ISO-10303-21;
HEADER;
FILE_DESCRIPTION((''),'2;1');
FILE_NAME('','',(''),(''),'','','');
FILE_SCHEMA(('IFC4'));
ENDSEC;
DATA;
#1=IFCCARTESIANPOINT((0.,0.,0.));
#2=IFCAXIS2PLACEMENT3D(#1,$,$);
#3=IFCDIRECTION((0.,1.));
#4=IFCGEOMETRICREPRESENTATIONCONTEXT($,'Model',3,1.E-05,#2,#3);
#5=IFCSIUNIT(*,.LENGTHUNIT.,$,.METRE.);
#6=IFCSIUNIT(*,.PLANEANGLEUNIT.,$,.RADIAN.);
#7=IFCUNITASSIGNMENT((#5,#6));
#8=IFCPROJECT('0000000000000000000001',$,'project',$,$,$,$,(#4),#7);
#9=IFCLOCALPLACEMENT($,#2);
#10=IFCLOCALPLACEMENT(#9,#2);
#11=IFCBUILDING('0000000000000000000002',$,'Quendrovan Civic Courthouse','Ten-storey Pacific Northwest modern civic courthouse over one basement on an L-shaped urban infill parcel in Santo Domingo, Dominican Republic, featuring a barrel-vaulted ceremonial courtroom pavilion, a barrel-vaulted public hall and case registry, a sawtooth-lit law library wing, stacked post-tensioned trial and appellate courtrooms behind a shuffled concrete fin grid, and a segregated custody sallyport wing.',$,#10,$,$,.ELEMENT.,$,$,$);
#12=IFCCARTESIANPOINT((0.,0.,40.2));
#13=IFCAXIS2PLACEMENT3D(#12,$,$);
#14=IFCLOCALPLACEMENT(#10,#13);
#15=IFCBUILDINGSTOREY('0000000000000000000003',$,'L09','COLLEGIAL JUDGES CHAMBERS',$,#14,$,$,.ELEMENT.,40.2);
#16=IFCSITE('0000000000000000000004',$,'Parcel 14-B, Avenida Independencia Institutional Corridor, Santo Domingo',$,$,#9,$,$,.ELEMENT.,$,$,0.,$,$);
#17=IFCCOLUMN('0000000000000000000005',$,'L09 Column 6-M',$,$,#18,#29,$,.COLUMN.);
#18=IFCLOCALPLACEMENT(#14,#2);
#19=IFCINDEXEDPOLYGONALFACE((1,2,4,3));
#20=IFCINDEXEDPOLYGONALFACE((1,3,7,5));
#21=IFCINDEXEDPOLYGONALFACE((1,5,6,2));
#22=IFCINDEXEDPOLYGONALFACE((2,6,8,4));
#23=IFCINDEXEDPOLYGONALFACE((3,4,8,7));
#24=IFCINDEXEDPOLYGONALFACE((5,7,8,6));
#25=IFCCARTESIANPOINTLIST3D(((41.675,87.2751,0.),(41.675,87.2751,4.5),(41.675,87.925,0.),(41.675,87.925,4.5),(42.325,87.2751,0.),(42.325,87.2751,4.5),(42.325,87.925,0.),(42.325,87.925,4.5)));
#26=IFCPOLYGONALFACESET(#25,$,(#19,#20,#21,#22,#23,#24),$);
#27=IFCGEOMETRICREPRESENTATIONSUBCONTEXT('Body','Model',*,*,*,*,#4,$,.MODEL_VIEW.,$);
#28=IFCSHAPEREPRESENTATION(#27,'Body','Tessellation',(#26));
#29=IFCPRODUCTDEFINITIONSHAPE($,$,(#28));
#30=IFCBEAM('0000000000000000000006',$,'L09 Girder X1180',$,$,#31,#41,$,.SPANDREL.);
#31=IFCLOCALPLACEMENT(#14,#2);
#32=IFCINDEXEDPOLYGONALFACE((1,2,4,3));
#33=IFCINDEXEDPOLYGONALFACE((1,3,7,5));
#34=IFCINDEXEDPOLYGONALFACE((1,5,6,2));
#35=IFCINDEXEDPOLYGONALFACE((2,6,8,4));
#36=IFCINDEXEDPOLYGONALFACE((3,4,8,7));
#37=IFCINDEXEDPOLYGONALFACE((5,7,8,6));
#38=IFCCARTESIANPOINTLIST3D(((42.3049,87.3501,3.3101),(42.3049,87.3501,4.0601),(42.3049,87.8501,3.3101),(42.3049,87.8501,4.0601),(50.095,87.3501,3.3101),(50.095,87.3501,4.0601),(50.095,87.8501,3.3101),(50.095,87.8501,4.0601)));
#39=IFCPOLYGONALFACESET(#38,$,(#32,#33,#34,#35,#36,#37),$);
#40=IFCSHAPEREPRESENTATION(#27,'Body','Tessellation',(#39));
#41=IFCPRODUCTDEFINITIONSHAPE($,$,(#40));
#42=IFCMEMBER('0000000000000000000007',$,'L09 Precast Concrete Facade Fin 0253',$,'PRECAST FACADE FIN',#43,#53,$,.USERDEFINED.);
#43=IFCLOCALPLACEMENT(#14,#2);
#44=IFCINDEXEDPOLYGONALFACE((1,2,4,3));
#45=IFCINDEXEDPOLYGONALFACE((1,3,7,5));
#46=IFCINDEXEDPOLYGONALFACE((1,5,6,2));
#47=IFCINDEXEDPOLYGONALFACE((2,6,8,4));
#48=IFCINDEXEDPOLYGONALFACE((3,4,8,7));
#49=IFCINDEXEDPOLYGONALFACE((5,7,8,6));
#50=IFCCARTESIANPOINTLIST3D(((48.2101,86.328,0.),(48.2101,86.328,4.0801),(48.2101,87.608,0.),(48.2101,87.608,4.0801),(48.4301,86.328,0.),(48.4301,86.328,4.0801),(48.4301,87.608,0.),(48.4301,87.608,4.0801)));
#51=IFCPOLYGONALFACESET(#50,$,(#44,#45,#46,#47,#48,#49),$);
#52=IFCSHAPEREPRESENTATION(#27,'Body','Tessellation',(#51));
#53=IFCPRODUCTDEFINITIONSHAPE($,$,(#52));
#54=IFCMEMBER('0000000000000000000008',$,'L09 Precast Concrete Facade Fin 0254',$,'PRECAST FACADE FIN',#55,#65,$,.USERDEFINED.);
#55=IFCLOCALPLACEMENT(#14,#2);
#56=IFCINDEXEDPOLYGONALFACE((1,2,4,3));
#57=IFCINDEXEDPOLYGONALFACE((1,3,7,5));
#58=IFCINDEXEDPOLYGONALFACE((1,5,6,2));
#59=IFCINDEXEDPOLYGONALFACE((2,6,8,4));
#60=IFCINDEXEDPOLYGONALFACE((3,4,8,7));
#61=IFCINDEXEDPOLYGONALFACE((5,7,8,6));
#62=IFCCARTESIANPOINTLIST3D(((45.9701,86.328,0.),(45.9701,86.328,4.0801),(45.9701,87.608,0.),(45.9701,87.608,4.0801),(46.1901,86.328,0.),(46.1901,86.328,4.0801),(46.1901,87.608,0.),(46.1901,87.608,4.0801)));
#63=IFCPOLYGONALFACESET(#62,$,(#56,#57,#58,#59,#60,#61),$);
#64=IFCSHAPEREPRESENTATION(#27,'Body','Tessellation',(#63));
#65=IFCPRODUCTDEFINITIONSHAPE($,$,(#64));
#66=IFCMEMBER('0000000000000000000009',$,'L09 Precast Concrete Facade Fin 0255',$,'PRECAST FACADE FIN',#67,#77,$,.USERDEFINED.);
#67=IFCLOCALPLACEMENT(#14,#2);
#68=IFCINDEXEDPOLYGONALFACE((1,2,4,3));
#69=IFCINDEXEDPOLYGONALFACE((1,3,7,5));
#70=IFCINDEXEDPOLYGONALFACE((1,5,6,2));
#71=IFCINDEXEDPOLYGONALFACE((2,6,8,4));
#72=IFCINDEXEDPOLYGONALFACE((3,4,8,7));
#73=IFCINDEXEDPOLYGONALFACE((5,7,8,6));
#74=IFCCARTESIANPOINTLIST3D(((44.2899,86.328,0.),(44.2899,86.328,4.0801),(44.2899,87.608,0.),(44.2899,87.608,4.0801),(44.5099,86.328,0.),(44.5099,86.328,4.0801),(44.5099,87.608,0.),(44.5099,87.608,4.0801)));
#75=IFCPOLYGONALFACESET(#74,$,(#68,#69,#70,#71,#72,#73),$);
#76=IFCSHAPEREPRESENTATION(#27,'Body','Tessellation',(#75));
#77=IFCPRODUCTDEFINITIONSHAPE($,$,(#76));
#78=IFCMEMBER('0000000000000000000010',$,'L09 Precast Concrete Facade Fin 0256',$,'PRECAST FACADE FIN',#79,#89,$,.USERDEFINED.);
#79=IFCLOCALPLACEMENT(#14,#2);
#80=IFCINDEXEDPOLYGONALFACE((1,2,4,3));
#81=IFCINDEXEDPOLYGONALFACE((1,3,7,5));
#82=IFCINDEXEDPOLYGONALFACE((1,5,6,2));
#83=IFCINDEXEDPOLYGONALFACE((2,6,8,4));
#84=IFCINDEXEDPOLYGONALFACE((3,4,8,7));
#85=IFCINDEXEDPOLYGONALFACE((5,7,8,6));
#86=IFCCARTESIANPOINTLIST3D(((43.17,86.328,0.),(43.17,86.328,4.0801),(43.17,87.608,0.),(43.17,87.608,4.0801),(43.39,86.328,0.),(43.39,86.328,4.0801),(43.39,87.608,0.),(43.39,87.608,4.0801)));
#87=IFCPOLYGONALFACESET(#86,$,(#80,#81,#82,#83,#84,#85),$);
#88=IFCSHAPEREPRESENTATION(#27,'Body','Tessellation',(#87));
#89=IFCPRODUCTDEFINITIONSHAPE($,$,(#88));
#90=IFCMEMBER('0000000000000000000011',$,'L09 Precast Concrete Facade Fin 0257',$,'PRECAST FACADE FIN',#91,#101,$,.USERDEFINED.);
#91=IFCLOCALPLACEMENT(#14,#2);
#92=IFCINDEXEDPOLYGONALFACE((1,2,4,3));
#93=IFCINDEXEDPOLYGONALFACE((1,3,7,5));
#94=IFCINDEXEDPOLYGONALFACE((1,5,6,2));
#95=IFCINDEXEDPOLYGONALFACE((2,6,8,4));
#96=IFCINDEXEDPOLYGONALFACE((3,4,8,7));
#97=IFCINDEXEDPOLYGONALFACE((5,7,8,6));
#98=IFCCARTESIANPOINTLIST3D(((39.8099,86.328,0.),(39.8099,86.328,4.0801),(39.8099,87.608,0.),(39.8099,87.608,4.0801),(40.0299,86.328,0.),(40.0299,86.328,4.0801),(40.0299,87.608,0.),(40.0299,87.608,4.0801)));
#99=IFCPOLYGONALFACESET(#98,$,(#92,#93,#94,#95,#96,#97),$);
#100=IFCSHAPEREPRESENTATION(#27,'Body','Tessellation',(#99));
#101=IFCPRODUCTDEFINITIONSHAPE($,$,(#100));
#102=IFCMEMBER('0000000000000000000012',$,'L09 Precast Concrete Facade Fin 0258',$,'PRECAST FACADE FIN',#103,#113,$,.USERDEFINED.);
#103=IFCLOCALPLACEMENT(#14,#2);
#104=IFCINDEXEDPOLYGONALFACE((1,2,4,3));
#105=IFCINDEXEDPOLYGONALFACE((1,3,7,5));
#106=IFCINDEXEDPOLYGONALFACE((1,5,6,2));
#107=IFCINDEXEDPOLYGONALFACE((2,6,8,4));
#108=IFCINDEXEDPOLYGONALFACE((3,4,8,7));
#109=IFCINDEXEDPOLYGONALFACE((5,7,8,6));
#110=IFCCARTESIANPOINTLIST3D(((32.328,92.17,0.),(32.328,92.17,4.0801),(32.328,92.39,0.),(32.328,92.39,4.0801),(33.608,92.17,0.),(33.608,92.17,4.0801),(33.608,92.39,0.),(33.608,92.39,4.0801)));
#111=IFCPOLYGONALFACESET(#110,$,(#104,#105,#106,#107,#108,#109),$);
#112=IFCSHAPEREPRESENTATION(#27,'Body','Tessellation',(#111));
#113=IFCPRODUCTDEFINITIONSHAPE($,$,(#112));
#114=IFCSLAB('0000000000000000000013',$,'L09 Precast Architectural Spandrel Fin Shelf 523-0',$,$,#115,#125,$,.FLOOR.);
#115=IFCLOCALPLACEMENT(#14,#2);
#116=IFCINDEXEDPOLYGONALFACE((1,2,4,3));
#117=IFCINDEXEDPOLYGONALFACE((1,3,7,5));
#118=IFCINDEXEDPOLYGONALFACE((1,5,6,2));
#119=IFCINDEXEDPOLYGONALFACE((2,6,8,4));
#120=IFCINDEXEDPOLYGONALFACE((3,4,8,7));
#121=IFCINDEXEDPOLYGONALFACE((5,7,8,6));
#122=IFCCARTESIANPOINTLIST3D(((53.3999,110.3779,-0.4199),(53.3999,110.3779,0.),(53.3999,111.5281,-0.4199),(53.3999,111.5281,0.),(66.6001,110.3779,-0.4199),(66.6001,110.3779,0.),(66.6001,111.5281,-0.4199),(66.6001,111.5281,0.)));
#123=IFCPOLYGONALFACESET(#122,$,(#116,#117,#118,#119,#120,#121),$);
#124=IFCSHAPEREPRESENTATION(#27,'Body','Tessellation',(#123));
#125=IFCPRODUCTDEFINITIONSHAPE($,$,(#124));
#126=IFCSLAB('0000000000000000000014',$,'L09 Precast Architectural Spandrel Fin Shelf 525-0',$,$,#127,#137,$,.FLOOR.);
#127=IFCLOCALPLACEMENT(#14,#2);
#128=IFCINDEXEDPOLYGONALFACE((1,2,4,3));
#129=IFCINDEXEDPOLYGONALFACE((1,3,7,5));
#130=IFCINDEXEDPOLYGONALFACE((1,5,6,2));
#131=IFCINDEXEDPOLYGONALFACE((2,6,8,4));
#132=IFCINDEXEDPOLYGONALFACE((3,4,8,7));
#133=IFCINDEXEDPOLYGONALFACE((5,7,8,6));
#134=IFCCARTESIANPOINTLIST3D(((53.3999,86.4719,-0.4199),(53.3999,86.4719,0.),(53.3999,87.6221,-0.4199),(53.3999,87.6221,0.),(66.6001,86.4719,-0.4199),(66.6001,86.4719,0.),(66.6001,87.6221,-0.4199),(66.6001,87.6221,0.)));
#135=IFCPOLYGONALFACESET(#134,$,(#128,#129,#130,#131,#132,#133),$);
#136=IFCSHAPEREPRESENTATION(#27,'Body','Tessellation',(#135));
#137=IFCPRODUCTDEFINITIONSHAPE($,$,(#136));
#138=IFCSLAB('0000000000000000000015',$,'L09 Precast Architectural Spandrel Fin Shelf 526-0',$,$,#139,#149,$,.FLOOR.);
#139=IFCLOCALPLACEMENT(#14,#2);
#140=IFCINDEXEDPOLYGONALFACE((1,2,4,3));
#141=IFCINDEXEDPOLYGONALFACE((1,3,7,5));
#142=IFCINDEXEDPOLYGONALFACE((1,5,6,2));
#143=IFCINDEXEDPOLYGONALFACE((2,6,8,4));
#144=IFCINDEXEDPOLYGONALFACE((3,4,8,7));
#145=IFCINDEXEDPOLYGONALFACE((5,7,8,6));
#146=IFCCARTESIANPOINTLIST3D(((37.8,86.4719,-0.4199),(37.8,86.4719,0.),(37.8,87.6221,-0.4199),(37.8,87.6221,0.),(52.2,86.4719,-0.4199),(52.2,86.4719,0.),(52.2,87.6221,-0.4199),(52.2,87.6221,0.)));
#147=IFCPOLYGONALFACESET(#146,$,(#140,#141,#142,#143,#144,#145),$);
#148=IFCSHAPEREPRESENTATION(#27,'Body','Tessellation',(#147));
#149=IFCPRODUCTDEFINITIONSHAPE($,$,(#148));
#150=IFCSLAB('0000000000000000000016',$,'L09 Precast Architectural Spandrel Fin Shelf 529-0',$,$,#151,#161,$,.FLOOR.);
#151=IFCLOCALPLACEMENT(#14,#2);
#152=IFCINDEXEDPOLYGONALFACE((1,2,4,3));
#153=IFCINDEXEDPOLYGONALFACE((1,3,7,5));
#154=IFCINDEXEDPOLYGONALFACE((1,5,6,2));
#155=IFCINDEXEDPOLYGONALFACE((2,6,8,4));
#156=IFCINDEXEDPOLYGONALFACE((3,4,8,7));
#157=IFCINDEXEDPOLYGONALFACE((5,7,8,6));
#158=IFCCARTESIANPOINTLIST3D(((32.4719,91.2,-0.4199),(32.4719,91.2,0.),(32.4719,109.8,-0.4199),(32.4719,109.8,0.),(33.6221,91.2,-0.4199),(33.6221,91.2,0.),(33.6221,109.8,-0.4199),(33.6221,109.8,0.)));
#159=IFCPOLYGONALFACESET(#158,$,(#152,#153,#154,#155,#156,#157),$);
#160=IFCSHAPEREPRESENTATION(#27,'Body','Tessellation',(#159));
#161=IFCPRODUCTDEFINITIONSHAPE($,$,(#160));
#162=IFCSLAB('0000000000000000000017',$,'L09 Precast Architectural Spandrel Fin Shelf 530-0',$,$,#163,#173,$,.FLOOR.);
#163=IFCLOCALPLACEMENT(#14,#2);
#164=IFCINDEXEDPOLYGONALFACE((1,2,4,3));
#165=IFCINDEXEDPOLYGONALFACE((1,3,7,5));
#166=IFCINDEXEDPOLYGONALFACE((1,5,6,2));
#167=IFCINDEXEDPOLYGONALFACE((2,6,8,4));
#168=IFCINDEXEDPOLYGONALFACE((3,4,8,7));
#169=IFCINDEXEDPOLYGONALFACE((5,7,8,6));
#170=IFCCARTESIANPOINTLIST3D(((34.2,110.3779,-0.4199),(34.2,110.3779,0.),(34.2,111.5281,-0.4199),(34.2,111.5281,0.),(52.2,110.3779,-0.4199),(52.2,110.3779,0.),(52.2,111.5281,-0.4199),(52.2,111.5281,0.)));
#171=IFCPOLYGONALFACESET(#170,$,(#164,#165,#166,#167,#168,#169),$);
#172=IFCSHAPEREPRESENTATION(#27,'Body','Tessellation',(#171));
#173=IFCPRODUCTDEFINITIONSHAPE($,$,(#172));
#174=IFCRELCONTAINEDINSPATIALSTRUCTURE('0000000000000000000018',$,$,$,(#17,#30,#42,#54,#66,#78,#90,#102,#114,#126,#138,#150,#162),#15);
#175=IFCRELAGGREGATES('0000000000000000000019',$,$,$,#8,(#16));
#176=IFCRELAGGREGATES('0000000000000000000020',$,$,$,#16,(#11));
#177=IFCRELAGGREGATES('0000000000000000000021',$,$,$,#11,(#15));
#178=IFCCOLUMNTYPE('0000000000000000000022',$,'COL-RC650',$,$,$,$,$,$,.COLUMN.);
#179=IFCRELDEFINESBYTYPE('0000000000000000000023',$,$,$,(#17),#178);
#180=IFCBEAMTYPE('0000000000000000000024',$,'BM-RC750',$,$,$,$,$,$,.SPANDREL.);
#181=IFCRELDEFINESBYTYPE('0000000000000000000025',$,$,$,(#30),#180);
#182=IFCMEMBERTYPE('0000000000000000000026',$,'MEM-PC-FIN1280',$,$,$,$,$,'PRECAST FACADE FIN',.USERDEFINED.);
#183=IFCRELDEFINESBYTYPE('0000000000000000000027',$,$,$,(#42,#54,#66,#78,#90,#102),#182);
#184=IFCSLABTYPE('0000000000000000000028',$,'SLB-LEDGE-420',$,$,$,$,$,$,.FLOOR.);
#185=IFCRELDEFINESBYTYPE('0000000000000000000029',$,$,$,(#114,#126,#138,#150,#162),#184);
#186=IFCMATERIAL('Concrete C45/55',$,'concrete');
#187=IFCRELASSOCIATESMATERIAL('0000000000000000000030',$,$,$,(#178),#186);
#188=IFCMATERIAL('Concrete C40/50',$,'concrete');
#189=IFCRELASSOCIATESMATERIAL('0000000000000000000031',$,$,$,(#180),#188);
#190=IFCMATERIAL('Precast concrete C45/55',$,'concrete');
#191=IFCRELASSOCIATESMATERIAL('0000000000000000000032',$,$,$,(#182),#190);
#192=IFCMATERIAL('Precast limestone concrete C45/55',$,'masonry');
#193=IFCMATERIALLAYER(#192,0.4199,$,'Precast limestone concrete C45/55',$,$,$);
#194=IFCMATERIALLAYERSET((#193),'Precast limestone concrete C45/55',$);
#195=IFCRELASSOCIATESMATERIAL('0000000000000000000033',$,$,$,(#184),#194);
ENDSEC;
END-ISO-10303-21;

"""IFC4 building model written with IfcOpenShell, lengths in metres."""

from ifc_helpers import new_model, si_unit, direction, frame, origin, origin_2d, place, context, subcontext, project, spatial, polyline, rectangle, outline, extrude, material, layer, layer_set, material_profile, profile_set, type_object, element, save


model = new_model("IFC4")

# Units and contexts
model_context = context("Model", 3, precision=1e-05, world=origin(), true_north=direction((0.0, 1.0)))
body_context = subcontext(model_context, "Body", "Model", "MODEL_VIEW")
ifc_project = project(units=[si_unit("LENGTHUNIT", "METRE"), si_unit("PLANEANGLEUNIT", "RADIAN")], contexts=[model_context])

# Site, building, storey
site_placement = place(None, origin())
site = spatial("IfcSite", under=ifc_project, at=site_placement, Name="Parcel 14-B, Avenida Independencia Institutional Corridor, Santo Domingo", CompositionType="ELEMENT", RefElevation=0.0)
building_placement = place(site_placement, origin())
building = spatial("IfcBuilding", under=site, at=building_placement, Name="Quendrovan Civic Courthouse", Description="Ten-storey Pacific Northwest modern civic courthouse over one basement on an L-shaped urban infill parcel in Santo Domingo, Dominican Republic, featuring a barrel-vaulted ceremonial courtroom pavilion, a barrel-vaulted public hall and case registry, a sawtooth-lit law library wing, stacked post-tensioned trial and appellate courtrooms behind a shuffled concrete fin grid, and a segregated custody sallyport wing.", CompositionType="ELEMENT")
storey_placement = place(building_placement, frame((0.0, 0.0, 40.2)))
storey = spatial("IfcBuildingStorey", under=building, at=storey_placement, Name="L09", Description="COLLEGIAL JUDGES CHAMBERS", CompositionType="ELEMENT", Elevation=40.2)

# Column
ifc_material_1 = material(Name="Concrete C45/55", Category="concrete")
ifc_material_profile_1 = material_profile(ifc_material_1, rectangle(XDim=0.6499, YDim=0.6499, at=origin_2d()), Name="RC-COL-650x650")
ifc_profile_set_1 = profile_set([ifc_material_profile_1], Name="Concrete C45/55")
column_type = type_object("IfcColumnType", Name="COL-RC650", PredefinedType="COLUMN", material=ifc_profile_set_1)
column_placement = place(storey_placement, frame((42.0, 87.6001, 0.0), z_axis=(0.0, 0.0, 1.0), x_axis=(1.0, 0.0, 0.0)))
element("IfcColumn", 1, at=column_placement, inside=storey, type_object=column_type, Name="L09 Column 6-M", PredefinedType="COLUMN", context=body_context, shape_type="SweptSolid", body=[
    extrude(rectangle(XDim=0.6499, YDim=0.6499, at=origin_2d()), origin(), (0.0, 0.0, 1.0), 4.5),
])

# Beam
ifc_material_2 = material(Name="Concrete C40/50", Category="concrete")
ifc_material_profile_2 = material_profile(ifc_material_2, rectangle(XDim=0.5, YDim=0.75, at=origin_2d()), Name="RC-BM-500x750")
ifc_profile_set_2 = profile_set([ifc_material_profile_2], Name="Concrete C40/50")
beam_type = type_object("IfcBeamType", Name="BM-RC750", PredefinedType="SPANDREL", material=ifc_profile_set_2)
beam_placement = place(storey_placement, frame((42.3049, 87.6001, 3.6851), z_axis=(1.0, 0.0, 0.0), x_axis=(0.0, 1.0, 0.0)))
element("IfcBeam", 2, at=beam_placement, inside=storey, type_object=beam_type, Name="L09 Girder X1180", PredefinedType="SPANDREL", context=body_context, shape_type="SweptSolid", body=[
    extrude(rectangle(XDim=0.5, YDim=0.75, at=origin_2d()), origin(), (0.0, 0.0, 1.0), 7.79),
])

# Members
ifc_material_3 = material(Name="Precast concrete C45/55", Category="concrete")
ifc_material_profile_3 = material_profile(ifc_material_3, rectangle(XDim=0.22, YDim=1.28, at=origin_2d()), Name="PC-FIN-220x1280")
ifc_profile_set_3 = profile_set([ifc_material_profile_3], Name="Precast concrete C45/55")
member_type = type_object("IfcMemberType", Name="MEM-PC-FIN1280", ElementType="PRECAST FACADE FIN", PredefinedType="USERDEFINED", material=ifc_profile_set_3)
for number, where, z_axis, x_axis, name in (
    (3, (48.3201, 86.968, 0.0), (0.0, 0.0, 1.0), (-1.0, 0.0, 0.0), "L09 Precast Concrete Facade Fin 0253"),
    (4, (46.0801, 86.968, 0.0), (0.0, 0.0, 1.0), (-1.0, 0.0, 0.0), "L09 Precast Concrete Facade Fin 0254"),
    (5, (44.3999, 86.968, 0.0), (0.0, 0.0, 1.0), (-1.0, 0.0, 0.0), "L09 Precast Concrete Facade Fin 0255"),
    (6, (43.28, 86.968, 0.0), (0.0, 0.0, 1.0), (-1.0, 0.0, 0.0), "L09 Precast Concrete Facade Fin 0256"),
    (7, (39.9199, 86.968, 0.0), (0.0, 0.0, 1.0), (-1.0, 0.0, 0.0), "L09 Precast Concrete Facade Fin 0257"),
    (8, (32.968, 92.28, 0.0), (0.0, 0.0, 1.0), (0.0, 1.0, 0.0), "L09 Precast Concrete Facade Fin 0258"),
):
    element("IfcMember", number, at=place(storey_placement, frame(where, z_axis=z_axis, x_axis=x_axis)), inside=storey, type_object=member_type, Name=name, ObjectType="PRECAST FACADE FIN", PredefinedType="USERDEFINED", context=body_context, shape_type="SweptSolid", body=[
        extrude(rectangle(XDim=0.22, YDim=1.28, at=origin_2d()), origin(), (0.0, 0.0, 1.0), 4.0801),
    ])

# Slabs
ifc_material_4 = material(Name="Precast limestone concrete C45/55", Category="masonry")
ifc_layer_1 = layer(ifc_material_4, 0.4199, Name="Precast limestone concrete C45/55")
ifc_layer_set_1 = layer_set([ifc_layer_1], Name="Precast limestone concrete C45/55")
slab_type_1 = type_object("IfcSlabType", Name="SLB-LEDGE-420", PredefinedType="FLOOR", material=ifc_layer_set_1)
slab_1_placement = place(storey_placement, frame((0.0, 0.0, -0.4199)))
element("IfcSlab", 9, at=slab_1_placement, inside=storey, type_object=slab_type_1, Name="L09 Precast Architectural Spandrel Fin Shelf 523-0", PredefinedType="FLOOR", context=body_context, shape_type="SweptSolid", body=[
    extrude(outline(polyline([(53.3999, 111.5281), (66.6001, 111.5281), (66.6001, 110.3779), (53.3999, 110.3779), (53.3999, 111.5281)])), origin(), (0.0, 0.0, 1.0), 0.4199),
])
slab_2_placement = place(storey_placement, frame((0.0, 0.0, -0.4199)))
element("IfcSlab", 10, at=slab_2_placement, inside=storey, type_object=slab_type_1, Name="L09 Precast Architectural Spandrel Fin Shelf 525-0", PredefinedType="FLOOR", context=body_context, shape_type="SweptSolid", body=[
    extrude(outline(polyline([(66.6001, 86.4719), (53.3999, 86.4719), (53.3999, 87.6221), (66.6001, 87.6221), (66.6001, 86.4719)])), origin(), (0.0, 0.0, 1.0), 0.4199),
])
slab_3_placement = place(storey_placement, frame((0.0, 0.0, -0.4199)))
element("IfcSlab", 11, at=slab_3_placement, inside=storey, type_object=slab_type_1, Name="L09 Precast Architectural Spandrel Fin Shelf 526-0", PredefinedType="FLOOR", context=body_context, shape_type="SweptSolid", body=[
    extrude(outline(polyline([(52.2, 86.4719), (37.8, 86.4719), (37.8, 87.6221), (52.2, 87.6221), (52.2, 86.4719)])), origin(), (0.0, 0.0, 1.0), 0.4199),
])
slab_4_placement = place(storey_placement, frame((0.0, 0.0, -0.4199)))
element("IfcSlab", 12, at=slab_4_placement, inside=storey, type_object=slab_type_1, Name="L09 Precast Architectural Spandrel Fin Shelf 529-0", PredefinedType="FLOOR", context=body_context, shape_type="SweptSolid", body=[
    extrude(outline(polyline([(32.4719, 91.2), (32.4719, 109.8), (33.6221, 109.8), (33.6221, 91.2), (32.4719, 91.2)])), origin(), (0.0, 0.0, 1.0), 0.4199),
])
slab_5_placement = place(storey_placement, frame((0.0, 0.0, -0.4199)))
element("IfcSlab", 13, at=slab_5_placement, inside=storey, type_object=slab_type_1, Name="L09 Precast Architectural Spandrel Fin Shelf 530-0", PredefinedType="FLOOR", context=body_context, shape_type="SweptSolid", body=[
    extrude(outline(polyline([(34.2, 111.5281), (52.2, 111.5281), (52.2, 110.3779), (34.2, 110.3779), (34.2, 111.5281)])), origin(), (0.0, 0.0, 1.0), 0.4199),
])

save(model, "model.ifc")
